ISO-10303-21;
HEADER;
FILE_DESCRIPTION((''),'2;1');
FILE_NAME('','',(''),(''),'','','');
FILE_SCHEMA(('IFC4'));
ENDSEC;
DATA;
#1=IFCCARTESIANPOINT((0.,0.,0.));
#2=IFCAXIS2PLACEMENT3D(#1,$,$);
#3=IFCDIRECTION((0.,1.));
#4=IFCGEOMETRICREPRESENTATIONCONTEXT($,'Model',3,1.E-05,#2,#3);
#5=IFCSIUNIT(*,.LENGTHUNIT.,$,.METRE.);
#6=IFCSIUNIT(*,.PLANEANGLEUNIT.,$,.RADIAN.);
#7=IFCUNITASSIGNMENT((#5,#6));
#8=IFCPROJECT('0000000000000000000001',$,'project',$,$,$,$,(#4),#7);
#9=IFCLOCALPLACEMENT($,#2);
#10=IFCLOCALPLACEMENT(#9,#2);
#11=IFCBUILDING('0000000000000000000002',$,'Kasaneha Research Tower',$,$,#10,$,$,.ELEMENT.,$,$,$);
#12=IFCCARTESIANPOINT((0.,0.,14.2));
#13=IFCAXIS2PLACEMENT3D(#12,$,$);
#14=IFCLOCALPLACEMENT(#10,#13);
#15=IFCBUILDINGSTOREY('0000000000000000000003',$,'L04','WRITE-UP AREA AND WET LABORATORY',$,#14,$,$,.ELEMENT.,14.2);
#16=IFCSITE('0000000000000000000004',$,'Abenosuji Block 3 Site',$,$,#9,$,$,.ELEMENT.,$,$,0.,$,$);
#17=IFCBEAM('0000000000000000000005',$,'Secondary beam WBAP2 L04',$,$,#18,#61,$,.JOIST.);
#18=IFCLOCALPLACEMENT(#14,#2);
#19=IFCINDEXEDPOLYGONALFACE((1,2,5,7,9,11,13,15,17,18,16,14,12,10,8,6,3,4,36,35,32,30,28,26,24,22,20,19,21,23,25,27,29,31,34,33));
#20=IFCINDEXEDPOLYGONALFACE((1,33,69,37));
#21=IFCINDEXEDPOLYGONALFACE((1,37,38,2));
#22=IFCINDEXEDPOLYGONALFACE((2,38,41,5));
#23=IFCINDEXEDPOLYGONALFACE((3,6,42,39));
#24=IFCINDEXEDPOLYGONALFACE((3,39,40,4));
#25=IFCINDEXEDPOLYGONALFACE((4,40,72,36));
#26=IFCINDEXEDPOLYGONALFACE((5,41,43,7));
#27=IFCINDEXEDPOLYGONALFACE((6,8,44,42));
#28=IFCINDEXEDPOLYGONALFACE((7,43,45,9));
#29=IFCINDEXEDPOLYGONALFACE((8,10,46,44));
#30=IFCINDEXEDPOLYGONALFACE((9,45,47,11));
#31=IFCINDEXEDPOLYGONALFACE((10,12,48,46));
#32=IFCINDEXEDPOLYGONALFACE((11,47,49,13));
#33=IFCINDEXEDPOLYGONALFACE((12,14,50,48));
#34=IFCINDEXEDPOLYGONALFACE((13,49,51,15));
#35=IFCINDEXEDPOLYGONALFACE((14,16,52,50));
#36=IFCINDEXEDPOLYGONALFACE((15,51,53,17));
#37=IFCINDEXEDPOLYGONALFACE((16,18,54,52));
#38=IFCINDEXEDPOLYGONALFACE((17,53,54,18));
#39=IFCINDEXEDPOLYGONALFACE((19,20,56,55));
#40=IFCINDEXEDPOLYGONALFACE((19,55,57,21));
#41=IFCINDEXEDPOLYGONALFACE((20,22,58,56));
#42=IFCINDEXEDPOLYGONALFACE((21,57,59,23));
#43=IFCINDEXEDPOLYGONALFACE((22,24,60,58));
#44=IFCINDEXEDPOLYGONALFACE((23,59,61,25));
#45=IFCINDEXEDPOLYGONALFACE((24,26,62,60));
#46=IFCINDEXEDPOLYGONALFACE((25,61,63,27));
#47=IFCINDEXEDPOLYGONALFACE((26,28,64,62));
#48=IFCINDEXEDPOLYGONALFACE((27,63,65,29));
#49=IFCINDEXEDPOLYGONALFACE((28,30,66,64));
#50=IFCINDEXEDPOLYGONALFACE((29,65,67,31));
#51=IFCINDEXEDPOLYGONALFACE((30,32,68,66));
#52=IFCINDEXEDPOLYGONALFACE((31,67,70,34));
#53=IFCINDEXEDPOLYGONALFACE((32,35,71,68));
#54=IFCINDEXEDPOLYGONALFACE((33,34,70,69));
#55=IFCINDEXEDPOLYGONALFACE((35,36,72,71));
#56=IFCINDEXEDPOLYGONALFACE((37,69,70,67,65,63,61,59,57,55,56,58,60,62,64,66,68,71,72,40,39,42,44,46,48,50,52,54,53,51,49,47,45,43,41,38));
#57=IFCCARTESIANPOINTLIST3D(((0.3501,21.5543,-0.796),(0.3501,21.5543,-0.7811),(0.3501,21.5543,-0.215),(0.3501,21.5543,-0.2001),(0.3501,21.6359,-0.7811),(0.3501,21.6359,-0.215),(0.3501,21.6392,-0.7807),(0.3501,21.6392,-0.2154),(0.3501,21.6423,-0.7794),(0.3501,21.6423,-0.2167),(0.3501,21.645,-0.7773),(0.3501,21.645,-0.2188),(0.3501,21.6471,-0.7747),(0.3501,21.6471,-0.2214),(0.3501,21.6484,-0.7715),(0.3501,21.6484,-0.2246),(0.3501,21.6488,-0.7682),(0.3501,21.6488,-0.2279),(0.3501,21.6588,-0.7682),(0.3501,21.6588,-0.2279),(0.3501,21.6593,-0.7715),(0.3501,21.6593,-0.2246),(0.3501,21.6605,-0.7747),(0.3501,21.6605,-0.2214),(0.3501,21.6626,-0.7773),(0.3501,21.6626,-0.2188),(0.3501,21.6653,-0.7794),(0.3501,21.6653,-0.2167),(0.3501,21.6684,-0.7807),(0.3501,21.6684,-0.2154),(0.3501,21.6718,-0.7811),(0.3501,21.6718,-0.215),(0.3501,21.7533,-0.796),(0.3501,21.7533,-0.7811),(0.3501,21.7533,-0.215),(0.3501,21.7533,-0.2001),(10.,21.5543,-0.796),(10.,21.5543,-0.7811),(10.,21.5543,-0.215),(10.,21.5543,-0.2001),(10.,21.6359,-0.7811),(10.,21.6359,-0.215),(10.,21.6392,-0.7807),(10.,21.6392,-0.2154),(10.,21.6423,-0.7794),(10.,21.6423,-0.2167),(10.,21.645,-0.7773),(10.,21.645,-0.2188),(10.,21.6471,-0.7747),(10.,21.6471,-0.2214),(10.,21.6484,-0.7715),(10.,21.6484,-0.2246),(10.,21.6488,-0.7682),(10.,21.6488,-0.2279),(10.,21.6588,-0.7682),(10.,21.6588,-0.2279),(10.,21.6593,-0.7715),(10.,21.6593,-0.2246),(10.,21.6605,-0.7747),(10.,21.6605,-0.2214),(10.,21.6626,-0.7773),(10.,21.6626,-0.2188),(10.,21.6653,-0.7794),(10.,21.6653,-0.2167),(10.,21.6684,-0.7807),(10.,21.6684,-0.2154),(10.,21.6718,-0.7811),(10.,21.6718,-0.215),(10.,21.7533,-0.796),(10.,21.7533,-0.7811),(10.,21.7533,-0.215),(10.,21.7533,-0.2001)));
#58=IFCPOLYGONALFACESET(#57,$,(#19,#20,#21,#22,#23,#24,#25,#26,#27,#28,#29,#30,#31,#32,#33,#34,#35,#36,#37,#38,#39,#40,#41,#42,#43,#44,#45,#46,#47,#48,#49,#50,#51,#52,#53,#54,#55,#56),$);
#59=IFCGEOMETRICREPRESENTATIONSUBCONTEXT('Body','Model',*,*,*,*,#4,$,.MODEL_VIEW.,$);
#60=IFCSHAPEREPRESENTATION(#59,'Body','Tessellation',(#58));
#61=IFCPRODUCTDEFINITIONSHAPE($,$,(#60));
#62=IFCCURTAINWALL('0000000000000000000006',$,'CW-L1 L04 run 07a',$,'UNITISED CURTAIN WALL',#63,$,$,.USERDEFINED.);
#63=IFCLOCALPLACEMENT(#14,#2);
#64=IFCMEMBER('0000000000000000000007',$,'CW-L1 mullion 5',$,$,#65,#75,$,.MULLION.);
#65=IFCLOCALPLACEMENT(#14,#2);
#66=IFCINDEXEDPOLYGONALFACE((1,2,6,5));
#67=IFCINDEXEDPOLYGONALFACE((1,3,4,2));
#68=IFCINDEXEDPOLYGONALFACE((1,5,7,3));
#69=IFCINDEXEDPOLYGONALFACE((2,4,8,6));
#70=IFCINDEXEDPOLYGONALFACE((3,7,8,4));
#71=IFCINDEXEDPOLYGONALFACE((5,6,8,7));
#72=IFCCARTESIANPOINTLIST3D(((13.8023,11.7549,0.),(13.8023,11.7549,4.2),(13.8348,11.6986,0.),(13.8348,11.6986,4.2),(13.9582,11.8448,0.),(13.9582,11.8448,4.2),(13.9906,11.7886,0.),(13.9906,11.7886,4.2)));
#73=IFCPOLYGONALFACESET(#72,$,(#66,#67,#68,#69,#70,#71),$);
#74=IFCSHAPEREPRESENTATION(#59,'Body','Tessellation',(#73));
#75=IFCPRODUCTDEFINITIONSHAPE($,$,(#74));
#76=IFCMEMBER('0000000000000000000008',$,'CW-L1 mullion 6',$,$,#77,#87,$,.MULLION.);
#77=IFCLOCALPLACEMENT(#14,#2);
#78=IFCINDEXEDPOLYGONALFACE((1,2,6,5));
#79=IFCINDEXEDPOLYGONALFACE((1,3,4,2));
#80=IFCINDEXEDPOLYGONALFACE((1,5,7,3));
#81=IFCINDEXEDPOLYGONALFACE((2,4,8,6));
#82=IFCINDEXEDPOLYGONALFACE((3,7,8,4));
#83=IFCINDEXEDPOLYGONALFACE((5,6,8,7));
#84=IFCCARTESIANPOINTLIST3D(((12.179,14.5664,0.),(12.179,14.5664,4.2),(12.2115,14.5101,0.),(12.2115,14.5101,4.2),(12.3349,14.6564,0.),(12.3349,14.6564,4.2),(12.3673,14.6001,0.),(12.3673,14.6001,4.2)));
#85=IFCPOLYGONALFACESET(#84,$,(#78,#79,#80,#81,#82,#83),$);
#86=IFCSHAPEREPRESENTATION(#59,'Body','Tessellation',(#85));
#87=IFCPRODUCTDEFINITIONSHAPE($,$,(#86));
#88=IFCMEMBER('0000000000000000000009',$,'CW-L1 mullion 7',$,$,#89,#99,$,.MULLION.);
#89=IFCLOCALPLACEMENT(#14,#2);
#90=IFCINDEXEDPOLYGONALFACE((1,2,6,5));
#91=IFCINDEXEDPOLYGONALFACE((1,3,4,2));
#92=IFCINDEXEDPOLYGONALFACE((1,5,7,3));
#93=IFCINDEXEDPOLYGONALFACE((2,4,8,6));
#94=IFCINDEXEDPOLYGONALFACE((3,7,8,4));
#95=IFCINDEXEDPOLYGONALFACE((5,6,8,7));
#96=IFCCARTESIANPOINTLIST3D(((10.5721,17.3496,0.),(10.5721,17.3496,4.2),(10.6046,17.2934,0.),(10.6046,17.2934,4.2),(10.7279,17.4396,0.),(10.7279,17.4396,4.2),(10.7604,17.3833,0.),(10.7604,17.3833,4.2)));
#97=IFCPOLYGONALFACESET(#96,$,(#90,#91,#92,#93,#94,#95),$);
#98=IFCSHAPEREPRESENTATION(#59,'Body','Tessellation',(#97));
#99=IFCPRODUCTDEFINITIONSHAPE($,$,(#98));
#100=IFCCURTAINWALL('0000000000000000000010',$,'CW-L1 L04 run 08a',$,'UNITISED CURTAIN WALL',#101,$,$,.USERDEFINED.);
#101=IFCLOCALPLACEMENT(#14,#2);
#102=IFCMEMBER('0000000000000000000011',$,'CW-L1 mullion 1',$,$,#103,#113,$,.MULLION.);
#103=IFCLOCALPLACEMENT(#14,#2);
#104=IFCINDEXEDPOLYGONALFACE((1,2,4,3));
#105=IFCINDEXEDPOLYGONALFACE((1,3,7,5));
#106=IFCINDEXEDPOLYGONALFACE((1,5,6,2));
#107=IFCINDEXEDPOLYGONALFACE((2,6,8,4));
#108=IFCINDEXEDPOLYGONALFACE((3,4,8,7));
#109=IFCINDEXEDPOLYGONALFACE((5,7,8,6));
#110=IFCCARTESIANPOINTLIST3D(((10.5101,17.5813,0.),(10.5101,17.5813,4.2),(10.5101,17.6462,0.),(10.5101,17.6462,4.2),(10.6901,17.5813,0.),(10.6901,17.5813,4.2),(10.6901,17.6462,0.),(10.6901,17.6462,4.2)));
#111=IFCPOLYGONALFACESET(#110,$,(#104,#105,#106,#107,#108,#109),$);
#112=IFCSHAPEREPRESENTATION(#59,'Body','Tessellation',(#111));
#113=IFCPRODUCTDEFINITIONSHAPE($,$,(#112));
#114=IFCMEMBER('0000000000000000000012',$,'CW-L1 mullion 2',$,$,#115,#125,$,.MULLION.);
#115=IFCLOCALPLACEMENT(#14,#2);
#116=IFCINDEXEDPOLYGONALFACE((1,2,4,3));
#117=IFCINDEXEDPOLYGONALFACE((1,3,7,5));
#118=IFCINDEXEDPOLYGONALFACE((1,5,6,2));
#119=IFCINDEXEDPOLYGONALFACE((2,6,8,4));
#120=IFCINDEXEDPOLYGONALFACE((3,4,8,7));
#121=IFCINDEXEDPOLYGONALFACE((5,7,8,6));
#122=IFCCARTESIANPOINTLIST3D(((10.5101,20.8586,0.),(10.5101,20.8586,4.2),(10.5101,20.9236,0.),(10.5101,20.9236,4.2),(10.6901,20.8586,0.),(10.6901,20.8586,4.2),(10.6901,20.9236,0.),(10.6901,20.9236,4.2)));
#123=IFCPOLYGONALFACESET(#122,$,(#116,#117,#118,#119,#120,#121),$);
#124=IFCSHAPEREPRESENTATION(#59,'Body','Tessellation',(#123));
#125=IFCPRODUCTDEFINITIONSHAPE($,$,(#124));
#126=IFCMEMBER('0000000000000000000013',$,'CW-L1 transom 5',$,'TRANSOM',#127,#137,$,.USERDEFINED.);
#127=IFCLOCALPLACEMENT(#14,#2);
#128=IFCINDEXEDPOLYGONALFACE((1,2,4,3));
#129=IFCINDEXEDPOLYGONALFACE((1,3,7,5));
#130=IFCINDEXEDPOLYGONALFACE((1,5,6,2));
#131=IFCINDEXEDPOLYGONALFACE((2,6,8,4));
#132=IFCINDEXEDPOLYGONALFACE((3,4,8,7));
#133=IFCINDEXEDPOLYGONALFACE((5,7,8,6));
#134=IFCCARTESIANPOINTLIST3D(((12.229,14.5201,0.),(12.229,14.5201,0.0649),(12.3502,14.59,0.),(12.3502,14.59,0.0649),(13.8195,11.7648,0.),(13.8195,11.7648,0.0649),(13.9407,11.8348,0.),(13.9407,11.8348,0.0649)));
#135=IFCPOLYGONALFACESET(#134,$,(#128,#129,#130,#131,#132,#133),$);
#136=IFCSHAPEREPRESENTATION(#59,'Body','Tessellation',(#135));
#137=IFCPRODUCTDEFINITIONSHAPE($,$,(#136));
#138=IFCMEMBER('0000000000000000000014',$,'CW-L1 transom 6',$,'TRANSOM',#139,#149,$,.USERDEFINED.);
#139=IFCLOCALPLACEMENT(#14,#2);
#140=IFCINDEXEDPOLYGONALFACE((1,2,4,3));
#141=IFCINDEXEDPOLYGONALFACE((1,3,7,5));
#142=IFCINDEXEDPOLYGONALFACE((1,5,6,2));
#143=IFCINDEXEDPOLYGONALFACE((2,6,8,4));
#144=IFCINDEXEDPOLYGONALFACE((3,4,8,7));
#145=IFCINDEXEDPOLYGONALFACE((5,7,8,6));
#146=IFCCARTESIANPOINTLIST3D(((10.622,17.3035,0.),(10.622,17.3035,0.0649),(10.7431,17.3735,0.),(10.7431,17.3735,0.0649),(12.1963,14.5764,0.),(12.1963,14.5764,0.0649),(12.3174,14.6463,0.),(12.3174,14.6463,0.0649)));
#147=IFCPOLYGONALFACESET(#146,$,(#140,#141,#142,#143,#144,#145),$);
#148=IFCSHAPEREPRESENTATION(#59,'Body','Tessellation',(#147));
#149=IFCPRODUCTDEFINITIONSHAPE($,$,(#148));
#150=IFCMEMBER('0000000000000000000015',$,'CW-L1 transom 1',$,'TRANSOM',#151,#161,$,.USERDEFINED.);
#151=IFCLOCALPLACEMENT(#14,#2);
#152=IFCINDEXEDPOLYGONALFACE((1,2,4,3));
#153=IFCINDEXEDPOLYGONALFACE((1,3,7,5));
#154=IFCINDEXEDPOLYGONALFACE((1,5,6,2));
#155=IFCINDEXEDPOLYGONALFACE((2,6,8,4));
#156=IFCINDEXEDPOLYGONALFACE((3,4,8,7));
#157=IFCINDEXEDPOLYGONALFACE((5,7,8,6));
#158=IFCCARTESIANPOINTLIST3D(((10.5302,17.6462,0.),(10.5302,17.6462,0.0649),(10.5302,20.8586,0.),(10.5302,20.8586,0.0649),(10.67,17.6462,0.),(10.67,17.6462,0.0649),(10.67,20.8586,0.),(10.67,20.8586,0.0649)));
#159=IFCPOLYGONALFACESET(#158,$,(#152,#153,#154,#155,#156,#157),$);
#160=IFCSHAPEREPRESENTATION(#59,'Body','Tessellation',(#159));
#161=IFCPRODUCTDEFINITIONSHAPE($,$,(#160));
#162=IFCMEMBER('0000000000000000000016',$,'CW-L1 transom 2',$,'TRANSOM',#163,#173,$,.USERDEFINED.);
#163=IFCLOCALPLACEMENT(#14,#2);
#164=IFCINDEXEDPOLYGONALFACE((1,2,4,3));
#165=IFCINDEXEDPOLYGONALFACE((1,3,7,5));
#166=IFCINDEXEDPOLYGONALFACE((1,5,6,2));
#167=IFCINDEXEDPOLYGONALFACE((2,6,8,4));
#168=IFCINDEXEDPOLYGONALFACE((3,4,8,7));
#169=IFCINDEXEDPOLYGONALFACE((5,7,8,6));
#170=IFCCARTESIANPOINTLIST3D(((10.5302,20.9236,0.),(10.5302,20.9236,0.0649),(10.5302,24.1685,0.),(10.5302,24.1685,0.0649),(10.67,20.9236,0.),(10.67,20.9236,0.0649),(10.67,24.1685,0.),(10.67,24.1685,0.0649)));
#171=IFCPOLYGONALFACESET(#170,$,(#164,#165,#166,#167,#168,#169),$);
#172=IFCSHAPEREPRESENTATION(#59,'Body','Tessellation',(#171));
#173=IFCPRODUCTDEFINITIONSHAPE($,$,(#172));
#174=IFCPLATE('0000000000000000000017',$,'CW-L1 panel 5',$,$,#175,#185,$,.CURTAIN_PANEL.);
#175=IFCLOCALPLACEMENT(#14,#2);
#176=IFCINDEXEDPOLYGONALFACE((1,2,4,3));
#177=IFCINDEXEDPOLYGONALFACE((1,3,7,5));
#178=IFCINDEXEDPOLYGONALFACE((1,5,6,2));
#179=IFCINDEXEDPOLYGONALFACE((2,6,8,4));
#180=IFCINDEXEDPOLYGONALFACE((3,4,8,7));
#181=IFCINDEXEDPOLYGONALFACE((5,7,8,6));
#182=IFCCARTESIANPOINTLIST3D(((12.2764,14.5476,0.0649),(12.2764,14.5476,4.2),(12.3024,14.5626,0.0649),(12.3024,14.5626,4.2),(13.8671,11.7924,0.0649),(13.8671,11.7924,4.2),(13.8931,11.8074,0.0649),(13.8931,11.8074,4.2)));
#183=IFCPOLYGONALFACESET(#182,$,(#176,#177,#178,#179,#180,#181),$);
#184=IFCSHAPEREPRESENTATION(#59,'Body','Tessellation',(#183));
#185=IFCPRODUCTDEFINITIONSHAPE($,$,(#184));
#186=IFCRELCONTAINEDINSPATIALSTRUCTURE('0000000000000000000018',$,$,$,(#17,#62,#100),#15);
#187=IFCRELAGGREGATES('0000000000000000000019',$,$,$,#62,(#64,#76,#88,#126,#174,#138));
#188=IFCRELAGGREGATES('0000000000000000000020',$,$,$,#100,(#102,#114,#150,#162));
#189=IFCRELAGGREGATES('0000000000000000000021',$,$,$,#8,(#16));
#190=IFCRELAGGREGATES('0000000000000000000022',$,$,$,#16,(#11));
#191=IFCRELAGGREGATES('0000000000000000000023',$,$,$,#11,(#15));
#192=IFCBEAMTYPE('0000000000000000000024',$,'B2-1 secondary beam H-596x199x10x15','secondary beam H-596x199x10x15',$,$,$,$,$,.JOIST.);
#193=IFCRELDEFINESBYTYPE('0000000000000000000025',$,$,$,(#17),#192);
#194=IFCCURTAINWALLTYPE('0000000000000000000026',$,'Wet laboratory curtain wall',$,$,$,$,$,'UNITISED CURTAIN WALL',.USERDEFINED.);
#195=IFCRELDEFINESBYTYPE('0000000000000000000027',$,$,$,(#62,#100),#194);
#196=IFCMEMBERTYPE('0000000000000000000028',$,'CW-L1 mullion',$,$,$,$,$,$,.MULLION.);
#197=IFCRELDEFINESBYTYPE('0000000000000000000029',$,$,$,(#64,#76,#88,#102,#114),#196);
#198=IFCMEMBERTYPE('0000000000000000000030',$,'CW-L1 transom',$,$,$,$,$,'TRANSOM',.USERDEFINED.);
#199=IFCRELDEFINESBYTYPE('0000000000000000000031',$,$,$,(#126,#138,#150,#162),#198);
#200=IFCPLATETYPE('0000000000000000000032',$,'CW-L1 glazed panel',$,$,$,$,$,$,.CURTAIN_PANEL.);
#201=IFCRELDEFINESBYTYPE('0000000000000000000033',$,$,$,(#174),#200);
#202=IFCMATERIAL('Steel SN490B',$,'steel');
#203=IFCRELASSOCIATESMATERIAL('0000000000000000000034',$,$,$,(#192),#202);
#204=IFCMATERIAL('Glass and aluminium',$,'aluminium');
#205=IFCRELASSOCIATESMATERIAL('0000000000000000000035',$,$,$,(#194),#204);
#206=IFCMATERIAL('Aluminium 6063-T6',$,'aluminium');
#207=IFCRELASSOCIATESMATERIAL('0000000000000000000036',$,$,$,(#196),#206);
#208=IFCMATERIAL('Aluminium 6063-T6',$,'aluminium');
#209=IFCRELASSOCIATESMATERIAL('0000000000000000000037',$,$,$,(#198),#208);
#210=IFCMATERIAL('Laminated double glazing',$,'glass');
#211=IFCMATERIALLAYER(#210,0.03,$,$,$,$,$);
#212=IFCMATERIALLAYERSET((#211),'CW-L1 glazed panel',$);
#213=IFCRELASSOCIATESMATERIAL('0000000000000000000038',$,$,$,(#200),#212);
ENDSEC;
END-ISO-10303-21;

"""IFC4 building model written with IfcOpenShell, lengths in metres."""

from ifc_helpers import new_model, si_unit, direction, frame, origin, origin_2d, place, context, subcontext, project, spatial, rectangle, i_section, extrude, material, layer, layer_set, material_profile, profile_set, type_object, element, aggregate, save


model = new_model("IFC4")

# Units and contexts
model_context = context("Model", 3, precision=1e-05, world=origin(), true_north=direction((0.0, 1.0)))
body_context = subcontext(model_context, "Body", "Model", "MODEL_VIEW")
ifc_project = project(units=[si_unit("LENGTHUNIT", "METRE"), si_unit("PLANEANGLEUNIT", "RADIAN")], contexts=[model_context])

# Site, building, storey
site_placement = place(None, origin())
site = spatial("IfcSite", under=ifc_project, at=site_placement, Name="Abenosuji Block 3 Site", CompositionType="ELEMENT", RefElevation=0.0)
building_placement = place(site_placement, origin())
building = spatial("IfcBuilding", under=site, at=building_placement, Name="Kasaneha Research Tower", CompositionType="ELEMENT")
storey_placement = place(building_placement, frame((0.0, 0.0, 14.2)))
storey = spatial("IfcBuildingStorey", under=building, at=storey_placement, Name="L04", Description="WRITE-UP AREA AND WET LABORATORY", CompositionType="ELEMENT", Elevation=14.2)

# Beam
ifc_material_1 = material(Name="Steel SN490B", Category="steel")
ifc_material_profile_1 = material_profile(ifc_material_1, i_section(OverallWidth=0.199, OverallDepth=0.5959, WebThickness=0.01, FlangeThickness=0.0149, FilletRadius=0.0129, at=origin_2d()), Name="H-596x199x10x15")
ifc_profile_set_1 = profile_set([ifc_material_profile_1], Name="Steel SN490B")
beam_type = type_object("IfcBeamType", Name="B2-1 secondary beam H-596x199x10x15", Description="secondary beam H-596x199x10x15", PredefinedType="JOIST", material=ifc_profile_set_1)
beam_placement = place(storey_placement, frame((10.0, 21.6538, -0.498), z_axis=(-1.0, 0.0, 0.0), x_axis=(0.0, -1.0, 0.0)))
element("IfcBeam", 1, at=beam_placement, inside=storey, type_object=beam_type, Name="Secondary beam WBAP2 L04", PredefinedType="JOIST", context=body_context, shape_type="SweptSolid", body=[
    extrude(i_section(OverallWidth=0.199, OverallDepth=0.5959, WebThickness=0.01, FlangeThickness=0.0149, FilletRadius=0.0129, at=origin_2d()), origin(), (0.0, 0.0, 1.0), 9.6499),
])

# Curtain walls, members
ifc_material_2 = material(Name="Glass and aluminium", Category="aluminium")
curtain_wall_type = type_object("IfcCurtainWallType", Name="Wet laboratory curtain wall", ElementType="UNITISED CURTAIN WALL", PredefinedType="USERDEFINED", material=ifc_material_2)
curtain_wall_1_placement = place(storey_placement, origin())
curtain_wall_1 = element("IfcCurtainWall", 2, at=curtain_wall_1_placement, inside=storey, type_object=curtain_wall_type, Name="CW-L1 L04 run 07a", ObjectType="UNITISED CURTAIN WALL", PredefinedType="USERDEFINED")
ifc_material_3 = material(Name="Aluminium 6063-T6", Category="aluminium")
ifc_material_profile_2 = material_profile(ifc_material_3, rectangle(XDim=0.0649, YDim=0.1799, at=origin_2d()), Name="CW-L1 mullion 65x180")
ifc_profile_set_2 = profile_set([ifc_material_profile_2], Name="Aluminium 6063-T6")
member_type_1 = type_object("IfcMemberType", Name="CW-L1 mullion", PredefinedType="MULLION", material=ifc_profile_set_2)
member_1_placement = place(storey_placement, frame((13.8965, 11.7717, 0.0), z_axis=(0.0, 0.0, 1.0), x_axis=(-0.5, 0.866025, 0.0)))
member_1 = element("IfcMember", 3, at=member_1_placement, type_object=member_type_1, Name="CW-L1 mullion 5", PredefinedType="MULLION", context=body_context, shape_type="SweptSolid", body=[
    extrude(rectangle(XDim=0.0649, YDim=0.1799, at=origin_2d()), origin(), (0.0, 0.0, 1.0), 4.2),
])
member_2_placement = place(storey_placement, frame((12.2732, 14.5833, 0.0), z_axis=(0.0, 0.0, 1.0), x_axis=(-0.5, 0.866025, 0.0)))
member_2 = element("IfcMember", 4, at=member_2_placement, type_object=member_type_1, Name="CW-L1 mullion 6", PredefinedType="MULLION", context=body_context, shape_type="SweptSolid", body=[
    extrude(rectangle(XDim=0.0649, YDim=0.1799, at=origin_2d()), origin(), (0.0, 0.0, 1.0), 4.2),
])
member_3_placement = place(storey_placement, frame((10.6663, 17.3665, 0.0), z_axis=(0.0, 0.0, 1.0), x_axis=(-0.5, 0.866025, 0.0)))
member_3 = element("IfcMember", 5, at=member_3_placement, type_object=member_type_1, Name="CW-L1 mullion 7", PredefinedType="MULLION", context=body_context, shape_type="SweptSolid", body=[
    extrude(rectangle(XDim=0.0649, YDim=0.1799, at=origin_2d()), origin(), (0.0, 0.0, 1.0), 4.2),
])
curtain_wall_2_placement = place(storey_placement, origin())
curtain_wall_2 = element("IfcCurtainWall", 6, at=curtain_wall_2_placement, inside=storey, type_object=curtain_wall_type, Name="CW-L1 L04 run 08a", ObjectType="UNITISED CURTAIN WALL", PredefinedType="USERDEFINED")
member_4_placement = place(storey_placement, frame((10.6001, 17.6138, 0.0), z_axis=(0.0, 0.0, 1.0), x_axis=(0.0, 1.0, 0.0)))
member_4 = element("IfcMember", 7, at=member_4_placement, type_object=member_type_1, Name="CW-L1 mullion 1", PredefinedType="MULLION", context=body_context, shape_type="SweptSolid", body=[
    extrude(rectangle(XDim=0.0649, YDim=0.1799, at=origin_2d()), origin(), (0.0, 0.0, 1.0), 4.2),
])
member_5_placement = place(storey_placement, frame((10.6001, 20.8911, 0.0), z_axis=(0.0, 0.0, 1.0), x_axis=(0.0, 1.0, 0.0)))
member_5 = element("IfcMember", 8, at=member_5_placement, type_object=member_type_1, Name="CW-L1 mullion 2", PredefinedType="MULLION", context=body_context, shape_type="SweptSolid", body=[
    extrude(rectangle(XDim=0.0649, YDim=0.1799, at=origin_2d()), origin(), (0.0, 0.0, 1.0), 4.2),
])

# Members
ifc_material_4 = material(Name="Aluminium 6063-T6", Category="aluminium")
ifc_material_profile_3 = material_profile(ifc_material_4, rectangle(XDim=0.1399, YDim=0.0649, at=origin_2d()), Name="CW-L1 transom 140x65")
ifc_profile_set_3 = profile_set([ifc_material_profile_3], Name="Aluminium 6063-T6")
member_type_2 = type_object("IfcMemberType", Name="CW-L1 transom", ElementType="TRANSOM", PredefinedType="USERDEFINED", material=ifc_profile_set_3)
member_6_placement = place(storey_placement, frame((13.8801, 11.7998, 0.0325), z_axis=(-0.499944, 0.866058, 0.0), x_axis=(-0.866058, -0.499944, 0.0)))
member_6 = element("IfcMember", 9, at=member_6_placement, type_object=member_type_2, Name="CW-L1 transom 5", ObjectType="TRANSOM", PredefinedType="USERDEFINED", context=body_context, shape_type="SweptSolid", body=[
    extrude(rectangle(XDim=0.1399, YDim=0.0649, at=origin_2d()), origin(), (0.0, 0.0, 1.0), 3.1814),
])
member_7_placement = place(storey_placement, frame((12.2568, 14.6113, 0.0325), z_axis=(-0.499942, 0.866059, 0.0), x_axis=(-0.866059, -0.499942, 0.0)))
member_7 = element("IfcMember", 10, at=member_7_placement, type_object=member_type_2, Name="CW-L1 transom 6", ObjectType="TRANSOM", PredefinedType="USERDEFINED", context=body_context, shape_type="SweptSolid", body=[
    extrude(rectangle(XDim=0.1399, YDim=0.0649, at=origin_2d()), origin(), (0.0, 0.0, 1.0), 3.1489),
])
member_8_placement = place(storey_placement, frame((10.6001, 17.6462, 0.0325), z_axis=(0.0, 1.0, 0.0), x_axis=(-1.0, 0.0, 0.0)))
member_8 = element("IfcMember", 11, at=member_8_placement, type_object=member_type_2, Name="CW-L1 transom 1", ObjectType="TRANSOM", PredefinedType="USERDEFINED", context=body_context, shape_type="SweptSolid", body=[
    extrude(rectangle(XDim=0.1399, YDim=0.0649, at=origin_2d()), origin(), (0.0, 0.0, 1.0), 3.2124),
])
member_9_placement = place(storey_placement, frame((10.6001, 20.9236, 0.0325), z_axis=(0.0, 1.0, 0.0), x_axis=(-1.0, 0.0, 0.0)))
member_9 = element("IfcMember", 12, at=member_9_placement, type_object=member_type_2, Name="CW-L1 transom 2", ObjectType="TRANSOM", PredefinedType="USERDEFINED", context=body_context, shape_type="SweptSolid", body=[
    extrude(rectangle(XDim=0.1399, YDim=0.0649, at=origin_2d()), origin(), (0.0, 0.0, 1.0), 3.2449),
])

# Plate
ifc_material_5 = material(Name="Laminated double glazing", Category="glass")
ifc_layer_1 = layer(ifc_material_5, 0.03)
ifc_layer_set_1 = layer_set([ifc_layer_1], Name="CW-L1 glazed panel")
plate_type = type_object("IfcPlateType", Name="CW-L1 glazed panel", PredefinedType="CURTAIN_PANEL", material=ifc_layer_set_1)
plate_1_placement = place(storey_placement, frame((13.0847, 13.1775, 0.0649), z_axis=(0.0, 0.0, 1.0), x_axis=(-0.5, 0.866025, 0.0)))
plate_1 = element("IfcPlate", 13, at=plate_1_placement, type_object=plate_type, Name="CW-L1 panel 5", PredefinedType="CURTAIN_PANEL", context=body_context, shape_type="SweptSolid", body=[
    extrude(rectangle(XDim=3.1814, YDim=0.03, at=origin_2d()), origin(), (0.0, 0.0, 1.0), 4.135),
])
aggregate(curtain_wall_1, [member_1, member_2, member_3, member_6, plate_1, member_7])
aggregate(curtain_wall_2, [member_4, member_5, member_8, member_9])

save(model, "model.ifc")
